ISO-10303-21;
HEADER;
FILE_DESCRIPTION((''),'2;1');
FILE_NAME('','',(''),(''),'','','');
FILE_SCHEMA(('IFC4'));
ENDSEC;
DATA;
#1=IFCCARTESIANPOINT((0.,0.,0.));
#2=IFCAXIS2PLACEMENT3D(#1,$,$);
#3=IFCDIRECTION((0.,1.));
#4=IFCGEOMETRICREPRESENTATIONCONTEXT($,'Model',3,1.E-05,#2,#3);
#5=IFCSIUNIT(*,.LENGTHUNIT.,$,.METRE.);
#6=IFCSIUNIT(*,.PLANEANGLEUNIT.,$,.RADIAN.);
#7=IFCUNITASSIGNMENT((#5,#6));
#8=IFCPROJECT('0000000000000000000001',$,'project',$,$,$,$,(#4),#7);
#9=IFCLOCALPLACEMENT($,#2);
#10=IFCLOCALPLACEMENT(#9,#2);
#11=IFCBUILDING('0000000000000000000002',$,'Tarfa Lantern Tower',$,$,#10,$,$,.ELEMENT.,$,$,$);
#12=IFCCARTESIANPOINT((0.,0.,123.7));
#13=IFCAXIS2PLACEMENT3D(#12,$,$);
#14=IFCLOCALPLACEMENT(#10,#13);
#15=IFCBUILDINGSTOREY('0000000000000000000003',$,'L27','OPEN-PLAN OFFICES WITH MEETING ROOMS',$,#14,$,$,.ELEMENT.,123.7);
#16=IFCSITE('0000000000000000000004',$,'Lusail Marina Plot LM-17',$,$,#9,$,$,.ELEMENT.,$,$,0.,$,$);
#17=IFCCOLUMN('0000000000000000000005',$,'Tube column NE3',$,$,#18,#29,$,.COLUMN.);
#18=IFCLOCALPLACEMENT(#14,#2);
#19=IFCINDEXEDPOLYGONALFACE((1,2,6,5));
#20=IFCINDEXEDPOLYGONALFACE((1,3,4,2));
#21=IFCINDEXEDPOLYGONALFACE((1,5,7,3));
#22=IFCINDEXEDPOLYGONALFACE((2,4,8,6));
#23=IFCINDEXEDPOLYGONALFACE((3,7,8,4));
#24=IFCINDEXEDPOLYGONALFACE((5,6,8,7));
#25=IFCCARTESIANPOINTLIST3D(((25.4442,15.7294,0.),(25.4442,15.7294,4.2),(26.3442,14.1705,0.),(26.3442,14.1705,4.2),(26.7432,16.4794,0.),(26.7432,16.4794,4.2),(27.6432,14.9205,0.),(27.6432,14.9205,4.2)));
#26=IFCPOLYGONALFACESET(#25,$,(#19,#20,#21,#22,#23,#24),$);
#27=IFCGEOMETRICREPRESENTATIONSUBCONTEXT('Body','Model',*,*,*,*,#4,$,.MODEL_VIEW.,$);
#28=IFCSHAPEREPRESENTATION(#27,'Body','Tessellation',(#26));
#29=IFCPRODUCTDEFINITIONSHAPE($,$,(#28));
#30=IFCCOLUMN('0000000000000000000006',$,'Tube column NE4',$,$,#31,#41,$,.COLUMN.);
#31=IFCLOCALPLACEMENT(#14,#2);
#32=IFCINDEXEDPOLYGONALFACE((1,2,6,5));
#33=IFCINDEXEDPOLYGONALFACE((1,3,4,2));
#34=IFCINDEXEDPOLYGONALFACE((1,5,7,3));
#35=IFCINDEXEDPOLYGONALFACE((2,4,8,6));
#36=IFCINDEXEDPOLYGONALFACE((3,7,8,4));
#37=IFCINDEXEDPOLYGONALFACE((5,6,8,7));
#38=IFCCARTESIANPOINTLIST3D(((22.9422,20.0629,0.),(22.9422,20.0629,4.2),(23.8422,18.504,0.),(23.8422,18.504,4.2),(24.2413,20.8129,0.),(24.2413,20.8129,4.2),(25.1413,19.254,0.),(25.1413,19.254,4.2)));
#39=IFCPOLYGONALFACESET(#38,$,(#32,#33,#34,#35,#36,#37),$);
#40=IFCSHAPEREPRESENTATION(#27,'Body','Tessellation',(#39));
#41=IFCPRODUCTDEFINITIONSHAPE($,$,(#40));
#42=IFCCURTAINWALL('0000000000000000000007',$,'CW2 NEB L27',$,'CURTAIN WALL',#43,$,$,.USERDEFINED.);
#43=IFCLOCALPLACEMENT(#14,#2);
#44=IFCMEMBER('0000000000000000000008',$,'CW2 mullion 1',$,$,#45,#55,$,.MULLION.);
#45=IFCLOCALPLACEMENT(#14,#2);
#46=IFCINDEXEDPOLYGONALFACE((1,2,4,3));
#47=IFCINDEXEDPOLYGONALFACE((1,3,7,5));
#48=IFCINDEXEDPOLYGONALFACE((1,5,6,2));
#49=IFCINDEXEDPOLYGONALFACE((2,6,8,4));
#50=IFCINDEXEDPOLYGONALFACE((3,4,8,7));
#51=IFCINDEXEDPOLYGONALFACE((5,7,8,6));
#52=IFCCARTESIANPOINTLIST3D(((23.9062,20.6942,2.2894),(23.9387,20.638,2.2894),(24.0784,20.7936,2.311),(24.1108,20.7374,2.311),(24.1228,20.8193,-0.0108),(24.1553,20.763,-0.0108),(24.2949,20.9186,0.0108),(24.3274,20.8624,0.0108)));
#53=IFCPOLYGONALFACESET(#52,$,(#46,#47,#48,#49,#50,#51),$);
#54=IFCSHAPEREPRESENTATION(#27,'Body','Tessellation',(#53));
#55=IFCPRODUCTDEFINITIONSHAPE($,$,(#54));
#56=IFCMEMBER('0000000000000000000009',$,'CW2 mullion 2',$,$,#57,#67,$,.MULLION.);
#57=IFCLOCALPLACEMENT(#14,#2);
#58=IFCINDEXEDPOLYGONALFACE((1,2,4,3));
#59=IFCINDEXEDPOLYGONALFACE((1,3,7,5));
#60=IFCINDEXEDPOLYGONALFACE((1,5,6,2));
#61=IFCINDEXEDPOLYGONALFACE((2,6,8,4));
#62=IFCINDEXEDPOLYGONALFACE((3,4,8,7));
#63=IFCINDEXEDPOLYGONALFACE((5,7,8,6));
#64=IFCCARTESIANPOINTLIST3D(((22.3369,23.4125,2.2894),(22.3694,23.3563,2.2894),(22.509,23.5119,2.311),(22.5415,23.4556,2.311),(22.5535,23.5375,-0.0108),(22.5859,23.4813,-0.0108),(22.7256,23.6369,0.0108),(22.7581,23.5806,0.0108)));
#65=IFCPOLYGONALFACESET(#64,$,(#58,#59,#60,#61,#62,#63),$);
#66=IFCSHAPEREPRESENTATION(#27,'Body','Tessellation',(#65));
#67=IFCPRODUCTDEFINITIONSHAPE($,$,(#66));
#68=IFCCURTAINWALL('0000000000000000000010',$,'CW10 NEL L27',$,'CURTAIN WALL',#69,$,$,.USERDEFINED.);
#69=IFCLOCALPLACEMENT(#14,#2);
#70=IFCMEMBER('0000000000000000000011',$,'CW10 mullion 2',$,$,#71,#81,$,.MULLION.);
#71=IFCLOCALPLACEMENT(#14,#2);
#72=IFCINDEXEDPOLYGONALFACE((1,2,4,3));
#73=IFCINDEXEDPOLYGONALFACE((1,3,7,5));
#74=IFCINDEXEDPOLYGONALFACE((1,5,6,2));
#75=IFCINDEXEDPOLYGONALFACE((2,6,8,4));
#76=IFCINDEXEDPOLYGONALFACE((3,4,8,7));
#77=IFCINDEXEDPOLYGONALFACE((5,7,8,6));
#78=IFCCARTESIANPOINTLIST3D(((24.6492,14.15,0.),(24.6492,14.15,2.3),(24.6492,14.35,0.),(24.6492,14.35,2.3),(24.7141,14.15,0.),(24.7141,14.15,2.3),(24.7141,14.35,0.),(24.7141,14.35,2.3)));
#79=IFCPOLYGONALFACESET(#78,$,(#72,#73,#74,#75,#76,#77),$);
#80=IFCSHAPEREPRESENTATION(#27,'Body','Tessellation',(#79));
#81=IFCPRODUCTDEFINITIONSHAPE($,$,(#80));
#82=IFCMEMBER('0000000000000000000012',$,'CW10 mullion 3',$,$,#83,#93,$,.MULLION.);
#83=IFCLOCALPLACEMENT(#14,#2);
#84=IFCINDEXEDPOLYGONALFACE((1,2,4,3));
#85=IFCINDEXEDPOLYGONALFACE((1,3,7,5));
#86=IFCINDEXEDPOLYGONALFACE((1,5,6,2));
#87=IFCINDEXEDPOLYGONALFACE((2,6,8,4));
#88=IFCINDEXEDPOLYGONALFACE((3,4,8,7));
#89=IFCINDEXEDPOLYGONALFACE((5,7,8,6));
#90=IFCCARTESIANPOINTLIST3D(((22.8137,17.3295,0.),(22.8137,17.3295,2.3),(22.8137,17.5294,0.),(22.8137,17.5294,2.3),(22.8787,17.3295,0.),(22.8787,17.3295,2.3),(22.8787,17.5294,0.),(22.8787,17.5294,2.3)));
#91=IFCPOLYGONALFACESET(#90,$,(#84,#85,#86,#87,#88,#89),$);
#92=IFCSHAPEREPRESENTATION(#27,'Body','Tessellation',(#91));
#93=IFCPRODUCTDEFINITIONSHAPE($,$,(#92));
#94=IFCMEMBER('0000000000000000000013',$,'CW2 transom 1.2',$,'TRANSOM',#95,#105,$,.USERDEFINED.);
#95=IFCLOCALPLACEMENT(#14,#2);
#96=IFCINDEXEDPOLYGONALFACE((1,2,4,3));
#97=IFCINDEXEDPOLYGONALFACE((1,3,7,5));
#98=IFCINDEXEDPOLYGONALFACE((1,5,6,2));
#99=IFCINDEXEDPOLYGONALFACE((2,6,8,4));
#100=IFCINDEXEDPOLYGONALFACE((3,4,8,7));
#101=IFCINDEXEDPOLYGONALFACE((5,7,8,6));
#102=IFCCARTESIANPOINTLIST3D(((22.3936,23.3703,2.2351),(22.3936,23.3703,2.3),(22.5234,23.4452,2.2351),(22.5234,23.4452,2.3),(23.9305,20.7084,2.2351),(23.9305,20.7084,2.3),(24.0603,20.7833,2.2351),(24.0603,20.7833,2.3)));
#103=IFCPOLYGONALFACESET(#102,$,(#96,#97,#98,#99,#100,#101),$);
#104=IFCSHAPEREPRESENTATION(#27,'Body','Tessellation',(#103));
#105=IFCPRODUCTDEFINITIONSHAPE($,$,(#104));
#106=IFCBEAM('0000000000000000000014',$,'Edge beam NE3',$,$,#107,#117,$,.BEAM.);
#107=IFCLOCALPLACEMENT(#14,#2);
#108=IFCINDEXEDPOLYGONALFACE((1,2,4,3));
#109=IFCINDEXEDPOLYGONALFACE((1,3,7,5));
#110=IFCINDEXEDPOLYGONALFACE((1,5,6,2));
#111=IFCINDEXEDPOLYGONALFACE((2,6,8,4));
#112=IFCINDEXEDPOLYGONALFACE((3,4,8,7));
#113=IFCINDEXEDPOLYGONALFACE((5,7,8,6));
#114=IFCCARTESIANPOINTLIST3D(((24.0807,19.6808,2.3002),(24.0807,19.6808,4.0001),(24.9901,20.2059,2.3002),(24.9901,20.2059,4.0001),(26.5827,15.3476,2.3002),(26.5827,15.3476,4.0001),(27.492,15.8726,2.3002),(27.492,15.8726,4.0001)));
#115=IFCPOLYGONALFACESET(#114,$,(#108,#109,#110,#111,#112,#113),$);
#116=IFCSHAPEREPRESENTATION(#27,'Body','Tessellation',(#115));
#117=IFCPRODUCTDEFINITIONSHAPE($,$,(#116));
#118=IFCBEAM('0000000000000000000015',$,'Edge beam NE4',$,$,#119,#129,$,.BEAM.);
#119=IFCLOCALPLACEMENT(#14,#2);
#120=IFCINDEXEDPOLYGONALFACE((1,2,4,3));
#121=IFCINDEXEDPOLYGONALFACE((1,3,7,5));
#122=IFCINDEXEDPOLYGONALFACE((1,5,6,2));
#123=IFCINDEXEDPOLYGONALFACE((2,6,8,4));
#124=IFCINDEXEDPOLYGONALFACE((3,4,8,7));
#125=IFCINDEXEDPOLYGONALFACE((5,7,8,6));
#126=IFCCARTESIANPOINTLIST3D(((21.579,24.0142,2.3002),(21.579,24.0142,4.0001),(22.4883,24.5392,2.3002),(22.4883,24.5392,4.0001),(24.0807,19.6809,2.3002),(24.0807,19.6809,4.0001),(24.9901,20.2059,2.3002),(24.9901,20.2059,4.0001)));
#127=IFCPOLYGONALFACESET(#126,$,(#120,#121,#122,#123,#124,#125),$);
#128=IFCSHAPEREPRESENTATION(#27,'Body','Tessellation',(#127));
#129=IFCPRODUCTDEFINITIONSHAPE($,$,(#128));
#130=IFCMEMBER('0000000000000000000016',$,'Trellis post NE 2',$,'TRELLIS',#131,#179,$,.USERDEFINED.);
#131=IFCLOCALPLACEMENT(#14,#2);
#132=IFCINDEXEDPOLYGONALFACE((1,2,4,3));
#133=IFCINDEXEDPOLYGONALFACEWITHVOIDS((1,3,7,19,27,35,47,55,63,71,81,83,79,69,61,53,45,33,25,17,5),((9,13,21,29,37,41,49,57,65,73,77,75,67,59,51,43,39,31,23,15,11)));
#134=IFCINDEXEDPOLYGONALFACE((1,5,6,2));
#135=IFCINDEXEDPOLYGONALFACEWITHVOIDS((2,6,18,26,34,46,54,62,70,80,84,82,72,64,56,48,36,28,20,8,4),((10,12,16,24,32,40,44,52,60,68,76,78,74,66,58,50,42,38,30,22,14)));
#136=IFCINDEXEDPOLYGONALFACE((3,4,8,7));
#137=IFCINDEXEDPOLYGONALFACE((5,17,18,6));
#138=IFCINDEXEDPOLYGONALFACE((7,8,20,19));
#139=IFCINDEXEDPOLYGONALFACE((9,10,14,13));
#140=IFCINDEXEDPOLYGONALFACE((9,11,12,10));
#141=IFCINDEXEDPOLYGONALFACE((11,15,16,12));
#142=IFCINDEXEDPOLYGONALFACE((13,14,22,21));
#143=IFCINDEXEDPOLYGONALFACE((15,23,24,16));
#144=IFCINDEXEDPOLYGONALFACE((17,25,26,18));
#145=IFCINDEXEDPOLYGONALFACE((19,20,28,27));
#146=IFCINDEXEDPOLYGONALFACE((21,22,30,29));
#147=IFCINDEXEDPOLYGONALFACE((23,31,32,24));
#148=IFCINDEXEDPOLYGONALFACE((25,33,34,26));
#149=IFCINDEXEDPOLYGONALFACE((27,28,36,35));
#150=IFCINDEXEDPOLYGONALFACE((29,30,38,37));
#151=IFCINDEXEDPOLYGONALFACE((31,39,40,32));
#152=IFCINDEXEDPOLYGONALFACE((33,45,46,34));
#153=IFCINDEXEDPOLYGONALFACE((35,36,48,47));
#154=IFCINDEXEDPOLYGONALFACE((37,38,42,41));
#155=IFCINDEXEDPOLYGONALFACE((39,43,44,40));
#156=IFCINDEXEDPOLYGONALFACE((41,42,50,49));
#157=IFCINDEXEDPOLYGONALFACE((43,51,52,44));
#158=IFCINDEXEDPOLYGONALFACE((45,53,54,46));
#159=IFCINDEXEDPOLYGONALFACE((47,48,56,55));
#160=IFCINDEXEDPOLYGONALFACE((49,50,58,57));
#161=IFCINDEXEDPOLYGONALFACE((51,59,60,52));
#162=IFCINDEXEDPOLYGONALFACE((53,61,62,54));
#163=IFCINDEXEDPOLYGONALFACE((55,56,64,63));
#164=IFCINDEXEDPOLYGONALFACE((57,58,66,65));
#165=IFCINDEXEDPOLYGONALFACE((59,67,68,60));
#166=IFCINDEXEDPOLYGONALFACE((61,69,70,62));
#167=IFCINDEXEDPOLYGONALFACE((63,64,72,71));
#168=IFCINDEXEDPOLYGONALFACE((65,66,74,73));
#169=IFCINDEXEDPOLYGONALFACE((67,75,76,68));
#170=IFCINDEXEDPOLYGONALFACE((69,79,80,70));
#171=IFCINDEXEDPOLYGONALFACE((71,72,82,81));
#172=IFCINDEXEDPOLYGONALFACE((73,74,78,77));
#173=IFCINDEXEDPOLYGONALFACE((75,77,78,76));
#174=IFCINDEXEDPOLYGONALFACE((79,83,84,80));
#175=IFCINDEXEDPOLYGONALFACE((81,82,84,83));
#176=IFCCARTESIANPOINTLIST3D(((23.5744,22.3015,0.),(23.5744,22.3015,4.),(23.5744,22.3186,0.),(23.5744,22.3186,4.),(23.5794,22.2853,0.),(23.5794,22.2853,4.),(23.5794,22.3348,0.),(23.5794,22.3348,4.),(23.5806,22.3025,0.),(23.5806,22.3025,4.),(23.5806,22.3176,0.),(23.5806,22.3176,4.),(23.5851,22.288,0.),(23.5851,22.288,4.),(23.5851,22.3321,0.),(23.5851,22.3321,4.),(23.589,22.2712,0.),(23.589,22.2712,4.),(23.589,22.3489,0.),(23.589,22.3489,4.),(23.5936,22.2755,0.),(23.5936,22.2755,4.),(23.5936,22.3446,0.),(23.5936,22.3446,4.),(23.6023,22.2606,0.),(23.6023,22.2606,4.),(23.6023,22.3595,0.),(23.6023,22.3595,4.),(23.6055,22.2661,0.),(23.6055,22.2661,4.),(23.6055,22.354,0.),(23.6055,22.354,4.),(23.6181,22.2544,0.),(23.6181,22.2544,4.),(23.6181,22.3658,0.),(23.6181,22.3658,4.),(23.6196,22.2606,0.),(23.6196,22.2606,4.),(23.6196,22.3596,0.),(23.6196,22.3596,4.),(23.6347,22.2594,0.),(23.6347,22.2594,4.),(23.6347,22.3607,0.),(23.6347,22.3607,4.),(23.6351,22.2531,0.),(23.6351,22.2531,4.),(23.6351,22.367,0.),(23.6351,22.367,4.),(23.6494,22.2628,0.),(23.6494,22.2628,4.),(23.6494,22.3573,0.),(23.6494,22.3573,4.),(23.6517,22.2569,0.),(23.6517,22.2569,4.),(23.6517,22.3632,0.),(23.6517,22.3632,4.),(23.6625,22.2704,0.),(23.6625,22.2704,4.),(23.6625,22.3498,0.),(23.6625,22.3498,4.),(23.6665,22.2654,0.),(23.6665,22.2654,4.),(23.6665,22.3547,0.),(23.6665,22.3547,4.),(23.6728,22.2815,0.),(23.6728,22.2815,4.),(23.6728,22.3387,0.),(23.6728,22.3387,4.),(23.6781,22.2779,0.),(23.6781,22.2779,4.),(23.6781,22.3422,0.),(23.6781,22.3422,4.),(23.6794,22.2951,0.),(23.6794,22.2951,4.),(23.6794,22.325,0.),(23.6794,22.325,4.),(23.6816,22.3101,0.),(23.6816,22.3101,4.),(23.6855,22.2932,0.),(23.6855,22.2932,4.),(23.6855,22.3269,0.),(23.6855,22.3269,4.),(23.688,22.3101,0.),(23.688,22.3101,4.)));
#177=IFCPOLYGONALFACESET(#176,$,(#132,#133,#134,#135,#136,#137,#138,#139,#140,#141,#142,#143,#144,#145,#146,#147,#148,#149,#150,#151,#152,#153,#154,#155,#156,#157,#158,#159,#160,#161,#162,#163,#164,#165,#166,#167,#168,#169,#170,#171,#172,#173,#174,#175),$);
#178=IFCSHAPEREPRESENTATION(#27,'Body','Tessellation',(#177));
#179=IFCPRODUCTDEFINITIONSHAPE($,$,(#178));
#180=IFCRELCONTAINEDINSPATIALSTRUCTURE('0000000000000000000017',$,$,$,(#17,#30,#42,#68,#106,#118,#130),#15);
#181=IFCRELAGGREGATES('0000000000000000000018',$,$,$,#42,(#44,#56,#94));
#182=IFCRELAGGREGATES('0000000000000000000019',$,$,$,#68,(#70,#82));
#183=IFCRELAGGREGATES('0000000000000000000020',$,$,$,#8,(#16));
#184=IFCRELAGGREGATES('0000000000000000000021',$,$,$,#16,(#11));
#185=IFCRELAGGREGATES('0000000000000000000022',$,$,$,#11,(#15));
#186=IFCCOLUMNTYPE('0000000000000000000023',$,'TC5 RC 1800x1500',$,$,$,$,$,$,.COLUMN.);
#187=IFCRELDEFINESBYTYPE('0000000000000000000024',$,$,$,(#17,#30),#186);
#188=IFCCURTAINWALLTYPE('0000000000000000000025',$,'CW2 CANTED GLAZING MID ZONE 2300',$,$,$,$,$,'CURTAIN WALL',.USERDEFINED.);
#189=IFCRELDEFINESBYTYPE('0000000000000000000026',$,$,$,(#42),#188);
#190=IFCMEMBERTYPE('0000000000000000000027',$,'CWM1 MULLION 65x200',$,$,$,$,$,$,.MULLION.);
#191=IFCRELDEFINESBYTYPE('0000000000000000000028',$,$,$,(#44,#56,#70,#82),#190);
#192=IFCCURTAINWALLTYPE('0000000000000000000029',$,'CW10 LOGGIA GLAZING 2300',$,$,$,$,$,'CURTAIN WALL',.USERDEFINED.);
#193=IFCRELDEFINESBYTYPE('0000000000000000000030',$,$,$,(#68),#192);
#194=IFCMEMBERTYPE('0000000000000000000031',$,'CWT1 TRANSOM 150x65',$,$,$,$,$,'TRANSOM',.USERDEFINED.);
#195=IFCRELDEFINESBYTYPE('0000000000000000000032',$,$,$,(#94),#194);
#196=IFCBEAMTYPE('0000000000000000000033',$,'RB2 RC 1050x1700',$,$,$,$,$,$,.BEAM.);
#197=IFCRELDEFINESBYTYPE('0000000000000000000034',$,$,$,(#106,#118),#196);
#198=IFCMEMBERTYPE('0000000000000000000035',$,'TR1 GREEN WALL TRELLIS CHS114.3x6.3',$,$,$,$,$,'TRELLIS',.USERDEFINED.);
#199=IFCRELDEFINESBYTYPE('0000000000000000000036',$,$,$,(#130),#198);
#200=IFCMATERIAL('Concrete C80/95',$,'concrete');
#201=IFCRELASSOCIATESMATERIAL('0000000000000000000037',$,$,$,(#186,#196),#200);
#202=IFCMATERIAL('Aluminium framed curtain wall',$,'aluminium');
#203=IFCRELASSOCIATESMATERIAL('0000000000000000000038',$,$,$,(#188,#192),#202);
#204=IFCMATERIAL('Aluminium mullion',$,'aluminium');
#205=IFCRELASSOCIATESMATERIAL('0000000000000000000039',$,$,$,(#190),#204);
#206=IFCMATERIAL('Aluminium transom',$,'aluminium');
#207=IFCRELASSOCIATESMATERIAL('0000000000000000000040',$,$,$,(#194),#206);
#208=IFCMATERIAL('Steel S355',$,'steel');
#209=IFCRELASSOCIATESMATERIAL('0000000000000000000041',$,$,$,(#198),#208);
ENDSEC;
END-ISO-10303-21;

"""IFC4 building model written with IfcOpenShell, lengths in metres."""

from ifc_helpers import new_model, si_unit, direction, frame, origin, origin_2d, place, context, subcontext, project, spatial, rectangle, hollow_circle, extrude, material, material_profile, profile_set, type_object, element, aggregate, save


model = new_model("IFC4")

# Units and contexts
model_context = context("Model", 3, precision=1e-05, world=origin(), true_north=direction((0.0, 1.0)))
body_context = subcontext(model_context, "Body", "Model", "MODEL_VIEW")
ifc_project = project(units=[si_unit("LENGTHUNIT", "METRE"), si_unit("PLANEANGLEUNIT", "RADIAN")], contexts=[model_context])

# Site, building, storey
site_placement = place(None, origin())
site = spatial("IfcSite", under=ifc_project, at=site_placement, Name="Lusail Marina Plot LM-17", CompositionType="ELEMENT", RefElevation=0.0)
building_placement = place(site_placement, origin())
building = spatial("IfcBuilding", under=site, at=building_placement, Name="Tarfa Lantern Tower", CompositionType="ELEMENT")
storey_placement = place(building_placement, frame((0.0, 0.0, 123.7)))
storey = spatial("IfcBuildingStorey", under=building, at=storey_placement, Name="L27", Description="OPEN-PLAN OFFICES WITH MEETING ROOMS", CompositionType="ELEMENT", Elevation=123.7)

# Columns
ifc_material_1 = material(Name="Concrete C80/95", Category="concrete")
ifc_material_profile_1 = material_profile(ifc_material_1, rectangle(XDim=1.8, YDim=1.5, at=origin_2d()), Name="RC 1800x1500")
ifc_profile_set_1 = profile_set([ifc_material_profile_1], Name="Concrete C80/95")
column_type = type_object("IfcColumnType", Name="TC5 RC 1800x1500", PredefinedType="COLUMN", material=ifc_profile_set_1)
for number, where, z_axis, x_axis, name in (
    (1, (26.5437, 15.325, 0.0), (0.0, 0.0, 1.0), (-0.5, 0.866025, 0.0), "Tube column NE3"),
    (2, (24.0417, 19.6584, 0.0), (0.0, 0.0, 1.0), (-0.5, 0.866025, 0.0), "Tube column NE4"),
):
    element("IfcColumn", number, at=place(storey_placement, frame(where, z_axis=z_axis, x_axis=x_axis)), inside=storey, type_object=column_type, Name=name, PredefinedType="COLUMN", context=body_context, shape_type="SweptSolid", body=[
        extrude(rectangle(XDim=1.8, YDim=1.5, at=origin_2d()), origin(), (0.0, 0.0, 1.0), 4.2),
    ])

# Curtain walls, members
ifc_material_2 = material(Name="Aluminium framed curtain wall", Category="aluminium")
curtain_wall_type_1 = type_object("IfcCurtainWallType", Name="CW2 CANTED GLAZING MID ZONE 2300", ElementType="CURTAIN WALL", PredefinedType="USERDEFINED", material=ifc_material_2)
curtain_wall_1_placement = place(storey_placement, origin())
curtain_wall_1 = element("IfcCurtainWall", 3, at=curtain_wall_1_placement, inside=storey, type_object=curtain_wall_type_1, Name="CW2 NEB L27", ObjectType="CURTAIN WALL", PredefinedType="USERDEFINED")
ifc_material_3 = material(Name="Aluminium mullion", Category="aluminium")
ifc_material_profile_2 = material_profile(ifc_material_3, rectangle(XDim=0.0649, YDim=0.2, at=origin_2d()), Name="AL MULLION 65x200")
ifc_profile_set_2 = profile_set([ifc_material_profile_2], Name="Aluminium mullion")
member_type_1 = type_object("IfcMemberType", Name="CWM1 MULLION 65x200", PredefinedType="MULLION", material=ifc_profile_set_2)
member_1_placement = place(storey_placement, frame((24.2251, 20.8408, 0.0), z_axis=(-0.0936, -0.054028, 0.994143), x_axis=(0.49992, -0.866072, 0.0)))
member_1 = element("IfcMember", 4, at=member_1_placement, type_object=member_type_1, Name="CW2 mullion 1", PredefinedType="MULLION", context=body_context, shape_type="SweptSolid", body=[
    extrude(rectangle(XDim=0.0649, YDim=0.2, at=origin_2d()), origin(), (0.0, 0.0, 1.0), 2.3137),
])
member_2_placement = place(storey_placement, frame((22.6558, 23.5591, 0.0), z_axis=(-0.0936, -0.054028, 0.994143), x_axis=(0.49992, -0.866072, 0.0)))
member_2 = element("IfcMember", 5, at=member_2_placement, type_object=member_type_1, Name="CW2 mullion 2", PredefinedType="MULLION", context=body_context, shape_type="SweptSolid", body=[
    extrude(rectangle(XDim=0.0649, YDim=0.2, at=origin_2d()), origin(), (0.0, 0.0, 1.0), 2.3137),
])
curtain_wall_type_2 = type_object("IfcCurtainWallType", Name="CW10 LOGGIA GLAZING 2300", ElementType="CURTAIN WALL", PredefinedType="USERDEFINED", material=ifc_material_2)
curtain_wall_2_placement = place(storey_placement, origin())
curtain_wall_2 = element("IfcCurtainWall", 6, at=curtain_wall_2_placement, inside=storey, type_object=curtain_wall_type_2, Name="CW10 NEL L27", ObjectType="CURTAIN WALL", PredefinedType="USERDEFINED")
member_3_placement = place(storey_placement, frame((24.6816, 14.25, 0.0), z_axis=(0.0, 0.0, 1.0), x_axis=(1.0, 0.0, 0.0)))
member_3 = element("IfcMember", 7, at=member_3_placement, type_object=member_type_1, Name="CW10 mullion 2", PredefinedType="MULLION", context=body_context, shape_type="SweptSolid", body=[
    extrude(rectangle(XDim=0.0649, YDim=0.2, at=origin_2d()), origin(), (0.0, 0.0, 1.0), 2.3),
])
member_4_placement = place(storey_placement, frame((22.8462, 17.4294, 0.0), z_axis=(0.0, 0.0, 1.0), x_axis=(1.0, 0.0, 0.0)))
member_4 = element("IfcMember", 8, at=member_4_placement, type_object=member_type_1, Name="CW10 mullion 3", PredefinedType="MULLION", context=body_context, shape_type="SweptSolid", body=[
    extrude(rectangle(XDim=0.0649, YDim=0.2, at=origin_2d()), origin(), (0.0, 0.0, 1.0), 2.3),
])

# Member
ifc_material_4 = material(Name="Aluminium transom", Category="aluminium")
ifc_material_profile_3 = material_profile(ifc_material_4, rectangle(XDim=0.1499, YDim=0.0649, at=origin_2d()), Name="AL TRANSOM 150x65")
ifc_profile_set_3 = profile_set([ifc_material_profile_3], Name="Aluminium transom")
member_type_2 = type_object("IfcMemberType", Name="CWT1 TRANSOM 150x65", ElementType="TRANSOM", PredefinedType="USERDEFINED", material=ifc_profile_set_3)
member_5_placement = place(storey_placement, frame((23.9954, 20.7458, 2.2676), z_axis=(-0.500009, 0.86602, 0.0), x_axis=(-0.86602, -0.500009, 0.0)))
member_5 = element("IfcMember", 9, at=member_5_placement, type_object=member_type_2, Name="CW2 transom 1.2", ObjectType="TRANSOM", PredefinedType="USERDEFINED", context=body_context, shape_type="SweptSolid", body=[
    extrude(rectangle(XDim=0.1499, YDim=0.0649, at=origin_2d()), origin(), (0.0, 0.0, 1.0), 3.0737),
])

# Beams
ifc_material_profile_4 = material_profile(ifc_material_1, rectangle(XDim=1.05, YDim=1.7, at=origin_2d()), Name="RC 1050x1700")
ifc_profile_set_4 = profile_set([ifc_material_profile_4], Name="Concrete C80/95")
beam_type_1 = type_object("IfcBeamType", Name="RB2 RC 1050x1700", PredefinedType="BEAM", material=ifc_profile_set_4)
for number, where, z_axis, x_axis, name in (
    (10, (27.0374, 15.6101, 3.1501), (-0.500022, 0.866013, 0.0), (-0.866013, -0.500022, 0.0), "Edge beam NE3"),
    (11, (24.5354, 19.9434, 3.1501), (-0.499986, 0.866034, 0.0), (-0.866034, -0.499986, 0.0), "Edge beam NE4"),
):
    element("IfcBeam", number, at=place(storey_placement, frame(where, z_axis=z_axis, x_axis=x_axis)), inside=storey, type_object=beam_type_1, Name=name, PredefinedType="BEAM", context=body_context, shape_type="SweptSolid", body=[
        extrude(rectangle(XDim=1.05, YDim=1.7, at=origin_2d()), origin(), (0.0, 0.0, 1.0), 5.0037),
    ])

# Member
ifc_material_5 = material(Name="Steel S355", Category="steel")
ifc_material_profile_5 = material_profile(ifc_material_5, hollow_circle(Radius=0.0571, WallThickness=0.0063, at=origin_2d()), Name="CHS114.3x6.3")
ifc_profile_set_5 = profile_set([ifc_material_profile_5], Name="Steel S355")
member_type_3 = type_object("IfcMemberType", Name="TR1 GREEN WALL TRELLIS CHS114.3x6.3", ElementType="TRELLIS", PredefinedType="USERDEFINED", material=ifc_profile_set_5)
member_6_placement = place(storey_placement, frame((23.6309, 22.3101, 0.0), z_axis=(0.0, 0.0, 1.0), x_axis=(1.0, 0.0, 0.0)))
element("IfcMember", 12, at=member_6_placement, inside=storey, type_object=member_type_3, Name="Trellis post NE 2", ObjectType="TRELLIS", PredefinedType="USERDEFINED", context=body_context, shape_type="SweptSolid", body=[
    extrude(hollow_circle(Radius=0.0571, WallThickness=0.0063, at=origin_2d()), origin(), (0.0, 0.0, 1.0), 4.0),
])

aggregate(curtain_wall_1, [member_1, member_2, member_5])
aggregate(curtain_wall_2, [member_3, member_4])

save(model, "model.ifc")
